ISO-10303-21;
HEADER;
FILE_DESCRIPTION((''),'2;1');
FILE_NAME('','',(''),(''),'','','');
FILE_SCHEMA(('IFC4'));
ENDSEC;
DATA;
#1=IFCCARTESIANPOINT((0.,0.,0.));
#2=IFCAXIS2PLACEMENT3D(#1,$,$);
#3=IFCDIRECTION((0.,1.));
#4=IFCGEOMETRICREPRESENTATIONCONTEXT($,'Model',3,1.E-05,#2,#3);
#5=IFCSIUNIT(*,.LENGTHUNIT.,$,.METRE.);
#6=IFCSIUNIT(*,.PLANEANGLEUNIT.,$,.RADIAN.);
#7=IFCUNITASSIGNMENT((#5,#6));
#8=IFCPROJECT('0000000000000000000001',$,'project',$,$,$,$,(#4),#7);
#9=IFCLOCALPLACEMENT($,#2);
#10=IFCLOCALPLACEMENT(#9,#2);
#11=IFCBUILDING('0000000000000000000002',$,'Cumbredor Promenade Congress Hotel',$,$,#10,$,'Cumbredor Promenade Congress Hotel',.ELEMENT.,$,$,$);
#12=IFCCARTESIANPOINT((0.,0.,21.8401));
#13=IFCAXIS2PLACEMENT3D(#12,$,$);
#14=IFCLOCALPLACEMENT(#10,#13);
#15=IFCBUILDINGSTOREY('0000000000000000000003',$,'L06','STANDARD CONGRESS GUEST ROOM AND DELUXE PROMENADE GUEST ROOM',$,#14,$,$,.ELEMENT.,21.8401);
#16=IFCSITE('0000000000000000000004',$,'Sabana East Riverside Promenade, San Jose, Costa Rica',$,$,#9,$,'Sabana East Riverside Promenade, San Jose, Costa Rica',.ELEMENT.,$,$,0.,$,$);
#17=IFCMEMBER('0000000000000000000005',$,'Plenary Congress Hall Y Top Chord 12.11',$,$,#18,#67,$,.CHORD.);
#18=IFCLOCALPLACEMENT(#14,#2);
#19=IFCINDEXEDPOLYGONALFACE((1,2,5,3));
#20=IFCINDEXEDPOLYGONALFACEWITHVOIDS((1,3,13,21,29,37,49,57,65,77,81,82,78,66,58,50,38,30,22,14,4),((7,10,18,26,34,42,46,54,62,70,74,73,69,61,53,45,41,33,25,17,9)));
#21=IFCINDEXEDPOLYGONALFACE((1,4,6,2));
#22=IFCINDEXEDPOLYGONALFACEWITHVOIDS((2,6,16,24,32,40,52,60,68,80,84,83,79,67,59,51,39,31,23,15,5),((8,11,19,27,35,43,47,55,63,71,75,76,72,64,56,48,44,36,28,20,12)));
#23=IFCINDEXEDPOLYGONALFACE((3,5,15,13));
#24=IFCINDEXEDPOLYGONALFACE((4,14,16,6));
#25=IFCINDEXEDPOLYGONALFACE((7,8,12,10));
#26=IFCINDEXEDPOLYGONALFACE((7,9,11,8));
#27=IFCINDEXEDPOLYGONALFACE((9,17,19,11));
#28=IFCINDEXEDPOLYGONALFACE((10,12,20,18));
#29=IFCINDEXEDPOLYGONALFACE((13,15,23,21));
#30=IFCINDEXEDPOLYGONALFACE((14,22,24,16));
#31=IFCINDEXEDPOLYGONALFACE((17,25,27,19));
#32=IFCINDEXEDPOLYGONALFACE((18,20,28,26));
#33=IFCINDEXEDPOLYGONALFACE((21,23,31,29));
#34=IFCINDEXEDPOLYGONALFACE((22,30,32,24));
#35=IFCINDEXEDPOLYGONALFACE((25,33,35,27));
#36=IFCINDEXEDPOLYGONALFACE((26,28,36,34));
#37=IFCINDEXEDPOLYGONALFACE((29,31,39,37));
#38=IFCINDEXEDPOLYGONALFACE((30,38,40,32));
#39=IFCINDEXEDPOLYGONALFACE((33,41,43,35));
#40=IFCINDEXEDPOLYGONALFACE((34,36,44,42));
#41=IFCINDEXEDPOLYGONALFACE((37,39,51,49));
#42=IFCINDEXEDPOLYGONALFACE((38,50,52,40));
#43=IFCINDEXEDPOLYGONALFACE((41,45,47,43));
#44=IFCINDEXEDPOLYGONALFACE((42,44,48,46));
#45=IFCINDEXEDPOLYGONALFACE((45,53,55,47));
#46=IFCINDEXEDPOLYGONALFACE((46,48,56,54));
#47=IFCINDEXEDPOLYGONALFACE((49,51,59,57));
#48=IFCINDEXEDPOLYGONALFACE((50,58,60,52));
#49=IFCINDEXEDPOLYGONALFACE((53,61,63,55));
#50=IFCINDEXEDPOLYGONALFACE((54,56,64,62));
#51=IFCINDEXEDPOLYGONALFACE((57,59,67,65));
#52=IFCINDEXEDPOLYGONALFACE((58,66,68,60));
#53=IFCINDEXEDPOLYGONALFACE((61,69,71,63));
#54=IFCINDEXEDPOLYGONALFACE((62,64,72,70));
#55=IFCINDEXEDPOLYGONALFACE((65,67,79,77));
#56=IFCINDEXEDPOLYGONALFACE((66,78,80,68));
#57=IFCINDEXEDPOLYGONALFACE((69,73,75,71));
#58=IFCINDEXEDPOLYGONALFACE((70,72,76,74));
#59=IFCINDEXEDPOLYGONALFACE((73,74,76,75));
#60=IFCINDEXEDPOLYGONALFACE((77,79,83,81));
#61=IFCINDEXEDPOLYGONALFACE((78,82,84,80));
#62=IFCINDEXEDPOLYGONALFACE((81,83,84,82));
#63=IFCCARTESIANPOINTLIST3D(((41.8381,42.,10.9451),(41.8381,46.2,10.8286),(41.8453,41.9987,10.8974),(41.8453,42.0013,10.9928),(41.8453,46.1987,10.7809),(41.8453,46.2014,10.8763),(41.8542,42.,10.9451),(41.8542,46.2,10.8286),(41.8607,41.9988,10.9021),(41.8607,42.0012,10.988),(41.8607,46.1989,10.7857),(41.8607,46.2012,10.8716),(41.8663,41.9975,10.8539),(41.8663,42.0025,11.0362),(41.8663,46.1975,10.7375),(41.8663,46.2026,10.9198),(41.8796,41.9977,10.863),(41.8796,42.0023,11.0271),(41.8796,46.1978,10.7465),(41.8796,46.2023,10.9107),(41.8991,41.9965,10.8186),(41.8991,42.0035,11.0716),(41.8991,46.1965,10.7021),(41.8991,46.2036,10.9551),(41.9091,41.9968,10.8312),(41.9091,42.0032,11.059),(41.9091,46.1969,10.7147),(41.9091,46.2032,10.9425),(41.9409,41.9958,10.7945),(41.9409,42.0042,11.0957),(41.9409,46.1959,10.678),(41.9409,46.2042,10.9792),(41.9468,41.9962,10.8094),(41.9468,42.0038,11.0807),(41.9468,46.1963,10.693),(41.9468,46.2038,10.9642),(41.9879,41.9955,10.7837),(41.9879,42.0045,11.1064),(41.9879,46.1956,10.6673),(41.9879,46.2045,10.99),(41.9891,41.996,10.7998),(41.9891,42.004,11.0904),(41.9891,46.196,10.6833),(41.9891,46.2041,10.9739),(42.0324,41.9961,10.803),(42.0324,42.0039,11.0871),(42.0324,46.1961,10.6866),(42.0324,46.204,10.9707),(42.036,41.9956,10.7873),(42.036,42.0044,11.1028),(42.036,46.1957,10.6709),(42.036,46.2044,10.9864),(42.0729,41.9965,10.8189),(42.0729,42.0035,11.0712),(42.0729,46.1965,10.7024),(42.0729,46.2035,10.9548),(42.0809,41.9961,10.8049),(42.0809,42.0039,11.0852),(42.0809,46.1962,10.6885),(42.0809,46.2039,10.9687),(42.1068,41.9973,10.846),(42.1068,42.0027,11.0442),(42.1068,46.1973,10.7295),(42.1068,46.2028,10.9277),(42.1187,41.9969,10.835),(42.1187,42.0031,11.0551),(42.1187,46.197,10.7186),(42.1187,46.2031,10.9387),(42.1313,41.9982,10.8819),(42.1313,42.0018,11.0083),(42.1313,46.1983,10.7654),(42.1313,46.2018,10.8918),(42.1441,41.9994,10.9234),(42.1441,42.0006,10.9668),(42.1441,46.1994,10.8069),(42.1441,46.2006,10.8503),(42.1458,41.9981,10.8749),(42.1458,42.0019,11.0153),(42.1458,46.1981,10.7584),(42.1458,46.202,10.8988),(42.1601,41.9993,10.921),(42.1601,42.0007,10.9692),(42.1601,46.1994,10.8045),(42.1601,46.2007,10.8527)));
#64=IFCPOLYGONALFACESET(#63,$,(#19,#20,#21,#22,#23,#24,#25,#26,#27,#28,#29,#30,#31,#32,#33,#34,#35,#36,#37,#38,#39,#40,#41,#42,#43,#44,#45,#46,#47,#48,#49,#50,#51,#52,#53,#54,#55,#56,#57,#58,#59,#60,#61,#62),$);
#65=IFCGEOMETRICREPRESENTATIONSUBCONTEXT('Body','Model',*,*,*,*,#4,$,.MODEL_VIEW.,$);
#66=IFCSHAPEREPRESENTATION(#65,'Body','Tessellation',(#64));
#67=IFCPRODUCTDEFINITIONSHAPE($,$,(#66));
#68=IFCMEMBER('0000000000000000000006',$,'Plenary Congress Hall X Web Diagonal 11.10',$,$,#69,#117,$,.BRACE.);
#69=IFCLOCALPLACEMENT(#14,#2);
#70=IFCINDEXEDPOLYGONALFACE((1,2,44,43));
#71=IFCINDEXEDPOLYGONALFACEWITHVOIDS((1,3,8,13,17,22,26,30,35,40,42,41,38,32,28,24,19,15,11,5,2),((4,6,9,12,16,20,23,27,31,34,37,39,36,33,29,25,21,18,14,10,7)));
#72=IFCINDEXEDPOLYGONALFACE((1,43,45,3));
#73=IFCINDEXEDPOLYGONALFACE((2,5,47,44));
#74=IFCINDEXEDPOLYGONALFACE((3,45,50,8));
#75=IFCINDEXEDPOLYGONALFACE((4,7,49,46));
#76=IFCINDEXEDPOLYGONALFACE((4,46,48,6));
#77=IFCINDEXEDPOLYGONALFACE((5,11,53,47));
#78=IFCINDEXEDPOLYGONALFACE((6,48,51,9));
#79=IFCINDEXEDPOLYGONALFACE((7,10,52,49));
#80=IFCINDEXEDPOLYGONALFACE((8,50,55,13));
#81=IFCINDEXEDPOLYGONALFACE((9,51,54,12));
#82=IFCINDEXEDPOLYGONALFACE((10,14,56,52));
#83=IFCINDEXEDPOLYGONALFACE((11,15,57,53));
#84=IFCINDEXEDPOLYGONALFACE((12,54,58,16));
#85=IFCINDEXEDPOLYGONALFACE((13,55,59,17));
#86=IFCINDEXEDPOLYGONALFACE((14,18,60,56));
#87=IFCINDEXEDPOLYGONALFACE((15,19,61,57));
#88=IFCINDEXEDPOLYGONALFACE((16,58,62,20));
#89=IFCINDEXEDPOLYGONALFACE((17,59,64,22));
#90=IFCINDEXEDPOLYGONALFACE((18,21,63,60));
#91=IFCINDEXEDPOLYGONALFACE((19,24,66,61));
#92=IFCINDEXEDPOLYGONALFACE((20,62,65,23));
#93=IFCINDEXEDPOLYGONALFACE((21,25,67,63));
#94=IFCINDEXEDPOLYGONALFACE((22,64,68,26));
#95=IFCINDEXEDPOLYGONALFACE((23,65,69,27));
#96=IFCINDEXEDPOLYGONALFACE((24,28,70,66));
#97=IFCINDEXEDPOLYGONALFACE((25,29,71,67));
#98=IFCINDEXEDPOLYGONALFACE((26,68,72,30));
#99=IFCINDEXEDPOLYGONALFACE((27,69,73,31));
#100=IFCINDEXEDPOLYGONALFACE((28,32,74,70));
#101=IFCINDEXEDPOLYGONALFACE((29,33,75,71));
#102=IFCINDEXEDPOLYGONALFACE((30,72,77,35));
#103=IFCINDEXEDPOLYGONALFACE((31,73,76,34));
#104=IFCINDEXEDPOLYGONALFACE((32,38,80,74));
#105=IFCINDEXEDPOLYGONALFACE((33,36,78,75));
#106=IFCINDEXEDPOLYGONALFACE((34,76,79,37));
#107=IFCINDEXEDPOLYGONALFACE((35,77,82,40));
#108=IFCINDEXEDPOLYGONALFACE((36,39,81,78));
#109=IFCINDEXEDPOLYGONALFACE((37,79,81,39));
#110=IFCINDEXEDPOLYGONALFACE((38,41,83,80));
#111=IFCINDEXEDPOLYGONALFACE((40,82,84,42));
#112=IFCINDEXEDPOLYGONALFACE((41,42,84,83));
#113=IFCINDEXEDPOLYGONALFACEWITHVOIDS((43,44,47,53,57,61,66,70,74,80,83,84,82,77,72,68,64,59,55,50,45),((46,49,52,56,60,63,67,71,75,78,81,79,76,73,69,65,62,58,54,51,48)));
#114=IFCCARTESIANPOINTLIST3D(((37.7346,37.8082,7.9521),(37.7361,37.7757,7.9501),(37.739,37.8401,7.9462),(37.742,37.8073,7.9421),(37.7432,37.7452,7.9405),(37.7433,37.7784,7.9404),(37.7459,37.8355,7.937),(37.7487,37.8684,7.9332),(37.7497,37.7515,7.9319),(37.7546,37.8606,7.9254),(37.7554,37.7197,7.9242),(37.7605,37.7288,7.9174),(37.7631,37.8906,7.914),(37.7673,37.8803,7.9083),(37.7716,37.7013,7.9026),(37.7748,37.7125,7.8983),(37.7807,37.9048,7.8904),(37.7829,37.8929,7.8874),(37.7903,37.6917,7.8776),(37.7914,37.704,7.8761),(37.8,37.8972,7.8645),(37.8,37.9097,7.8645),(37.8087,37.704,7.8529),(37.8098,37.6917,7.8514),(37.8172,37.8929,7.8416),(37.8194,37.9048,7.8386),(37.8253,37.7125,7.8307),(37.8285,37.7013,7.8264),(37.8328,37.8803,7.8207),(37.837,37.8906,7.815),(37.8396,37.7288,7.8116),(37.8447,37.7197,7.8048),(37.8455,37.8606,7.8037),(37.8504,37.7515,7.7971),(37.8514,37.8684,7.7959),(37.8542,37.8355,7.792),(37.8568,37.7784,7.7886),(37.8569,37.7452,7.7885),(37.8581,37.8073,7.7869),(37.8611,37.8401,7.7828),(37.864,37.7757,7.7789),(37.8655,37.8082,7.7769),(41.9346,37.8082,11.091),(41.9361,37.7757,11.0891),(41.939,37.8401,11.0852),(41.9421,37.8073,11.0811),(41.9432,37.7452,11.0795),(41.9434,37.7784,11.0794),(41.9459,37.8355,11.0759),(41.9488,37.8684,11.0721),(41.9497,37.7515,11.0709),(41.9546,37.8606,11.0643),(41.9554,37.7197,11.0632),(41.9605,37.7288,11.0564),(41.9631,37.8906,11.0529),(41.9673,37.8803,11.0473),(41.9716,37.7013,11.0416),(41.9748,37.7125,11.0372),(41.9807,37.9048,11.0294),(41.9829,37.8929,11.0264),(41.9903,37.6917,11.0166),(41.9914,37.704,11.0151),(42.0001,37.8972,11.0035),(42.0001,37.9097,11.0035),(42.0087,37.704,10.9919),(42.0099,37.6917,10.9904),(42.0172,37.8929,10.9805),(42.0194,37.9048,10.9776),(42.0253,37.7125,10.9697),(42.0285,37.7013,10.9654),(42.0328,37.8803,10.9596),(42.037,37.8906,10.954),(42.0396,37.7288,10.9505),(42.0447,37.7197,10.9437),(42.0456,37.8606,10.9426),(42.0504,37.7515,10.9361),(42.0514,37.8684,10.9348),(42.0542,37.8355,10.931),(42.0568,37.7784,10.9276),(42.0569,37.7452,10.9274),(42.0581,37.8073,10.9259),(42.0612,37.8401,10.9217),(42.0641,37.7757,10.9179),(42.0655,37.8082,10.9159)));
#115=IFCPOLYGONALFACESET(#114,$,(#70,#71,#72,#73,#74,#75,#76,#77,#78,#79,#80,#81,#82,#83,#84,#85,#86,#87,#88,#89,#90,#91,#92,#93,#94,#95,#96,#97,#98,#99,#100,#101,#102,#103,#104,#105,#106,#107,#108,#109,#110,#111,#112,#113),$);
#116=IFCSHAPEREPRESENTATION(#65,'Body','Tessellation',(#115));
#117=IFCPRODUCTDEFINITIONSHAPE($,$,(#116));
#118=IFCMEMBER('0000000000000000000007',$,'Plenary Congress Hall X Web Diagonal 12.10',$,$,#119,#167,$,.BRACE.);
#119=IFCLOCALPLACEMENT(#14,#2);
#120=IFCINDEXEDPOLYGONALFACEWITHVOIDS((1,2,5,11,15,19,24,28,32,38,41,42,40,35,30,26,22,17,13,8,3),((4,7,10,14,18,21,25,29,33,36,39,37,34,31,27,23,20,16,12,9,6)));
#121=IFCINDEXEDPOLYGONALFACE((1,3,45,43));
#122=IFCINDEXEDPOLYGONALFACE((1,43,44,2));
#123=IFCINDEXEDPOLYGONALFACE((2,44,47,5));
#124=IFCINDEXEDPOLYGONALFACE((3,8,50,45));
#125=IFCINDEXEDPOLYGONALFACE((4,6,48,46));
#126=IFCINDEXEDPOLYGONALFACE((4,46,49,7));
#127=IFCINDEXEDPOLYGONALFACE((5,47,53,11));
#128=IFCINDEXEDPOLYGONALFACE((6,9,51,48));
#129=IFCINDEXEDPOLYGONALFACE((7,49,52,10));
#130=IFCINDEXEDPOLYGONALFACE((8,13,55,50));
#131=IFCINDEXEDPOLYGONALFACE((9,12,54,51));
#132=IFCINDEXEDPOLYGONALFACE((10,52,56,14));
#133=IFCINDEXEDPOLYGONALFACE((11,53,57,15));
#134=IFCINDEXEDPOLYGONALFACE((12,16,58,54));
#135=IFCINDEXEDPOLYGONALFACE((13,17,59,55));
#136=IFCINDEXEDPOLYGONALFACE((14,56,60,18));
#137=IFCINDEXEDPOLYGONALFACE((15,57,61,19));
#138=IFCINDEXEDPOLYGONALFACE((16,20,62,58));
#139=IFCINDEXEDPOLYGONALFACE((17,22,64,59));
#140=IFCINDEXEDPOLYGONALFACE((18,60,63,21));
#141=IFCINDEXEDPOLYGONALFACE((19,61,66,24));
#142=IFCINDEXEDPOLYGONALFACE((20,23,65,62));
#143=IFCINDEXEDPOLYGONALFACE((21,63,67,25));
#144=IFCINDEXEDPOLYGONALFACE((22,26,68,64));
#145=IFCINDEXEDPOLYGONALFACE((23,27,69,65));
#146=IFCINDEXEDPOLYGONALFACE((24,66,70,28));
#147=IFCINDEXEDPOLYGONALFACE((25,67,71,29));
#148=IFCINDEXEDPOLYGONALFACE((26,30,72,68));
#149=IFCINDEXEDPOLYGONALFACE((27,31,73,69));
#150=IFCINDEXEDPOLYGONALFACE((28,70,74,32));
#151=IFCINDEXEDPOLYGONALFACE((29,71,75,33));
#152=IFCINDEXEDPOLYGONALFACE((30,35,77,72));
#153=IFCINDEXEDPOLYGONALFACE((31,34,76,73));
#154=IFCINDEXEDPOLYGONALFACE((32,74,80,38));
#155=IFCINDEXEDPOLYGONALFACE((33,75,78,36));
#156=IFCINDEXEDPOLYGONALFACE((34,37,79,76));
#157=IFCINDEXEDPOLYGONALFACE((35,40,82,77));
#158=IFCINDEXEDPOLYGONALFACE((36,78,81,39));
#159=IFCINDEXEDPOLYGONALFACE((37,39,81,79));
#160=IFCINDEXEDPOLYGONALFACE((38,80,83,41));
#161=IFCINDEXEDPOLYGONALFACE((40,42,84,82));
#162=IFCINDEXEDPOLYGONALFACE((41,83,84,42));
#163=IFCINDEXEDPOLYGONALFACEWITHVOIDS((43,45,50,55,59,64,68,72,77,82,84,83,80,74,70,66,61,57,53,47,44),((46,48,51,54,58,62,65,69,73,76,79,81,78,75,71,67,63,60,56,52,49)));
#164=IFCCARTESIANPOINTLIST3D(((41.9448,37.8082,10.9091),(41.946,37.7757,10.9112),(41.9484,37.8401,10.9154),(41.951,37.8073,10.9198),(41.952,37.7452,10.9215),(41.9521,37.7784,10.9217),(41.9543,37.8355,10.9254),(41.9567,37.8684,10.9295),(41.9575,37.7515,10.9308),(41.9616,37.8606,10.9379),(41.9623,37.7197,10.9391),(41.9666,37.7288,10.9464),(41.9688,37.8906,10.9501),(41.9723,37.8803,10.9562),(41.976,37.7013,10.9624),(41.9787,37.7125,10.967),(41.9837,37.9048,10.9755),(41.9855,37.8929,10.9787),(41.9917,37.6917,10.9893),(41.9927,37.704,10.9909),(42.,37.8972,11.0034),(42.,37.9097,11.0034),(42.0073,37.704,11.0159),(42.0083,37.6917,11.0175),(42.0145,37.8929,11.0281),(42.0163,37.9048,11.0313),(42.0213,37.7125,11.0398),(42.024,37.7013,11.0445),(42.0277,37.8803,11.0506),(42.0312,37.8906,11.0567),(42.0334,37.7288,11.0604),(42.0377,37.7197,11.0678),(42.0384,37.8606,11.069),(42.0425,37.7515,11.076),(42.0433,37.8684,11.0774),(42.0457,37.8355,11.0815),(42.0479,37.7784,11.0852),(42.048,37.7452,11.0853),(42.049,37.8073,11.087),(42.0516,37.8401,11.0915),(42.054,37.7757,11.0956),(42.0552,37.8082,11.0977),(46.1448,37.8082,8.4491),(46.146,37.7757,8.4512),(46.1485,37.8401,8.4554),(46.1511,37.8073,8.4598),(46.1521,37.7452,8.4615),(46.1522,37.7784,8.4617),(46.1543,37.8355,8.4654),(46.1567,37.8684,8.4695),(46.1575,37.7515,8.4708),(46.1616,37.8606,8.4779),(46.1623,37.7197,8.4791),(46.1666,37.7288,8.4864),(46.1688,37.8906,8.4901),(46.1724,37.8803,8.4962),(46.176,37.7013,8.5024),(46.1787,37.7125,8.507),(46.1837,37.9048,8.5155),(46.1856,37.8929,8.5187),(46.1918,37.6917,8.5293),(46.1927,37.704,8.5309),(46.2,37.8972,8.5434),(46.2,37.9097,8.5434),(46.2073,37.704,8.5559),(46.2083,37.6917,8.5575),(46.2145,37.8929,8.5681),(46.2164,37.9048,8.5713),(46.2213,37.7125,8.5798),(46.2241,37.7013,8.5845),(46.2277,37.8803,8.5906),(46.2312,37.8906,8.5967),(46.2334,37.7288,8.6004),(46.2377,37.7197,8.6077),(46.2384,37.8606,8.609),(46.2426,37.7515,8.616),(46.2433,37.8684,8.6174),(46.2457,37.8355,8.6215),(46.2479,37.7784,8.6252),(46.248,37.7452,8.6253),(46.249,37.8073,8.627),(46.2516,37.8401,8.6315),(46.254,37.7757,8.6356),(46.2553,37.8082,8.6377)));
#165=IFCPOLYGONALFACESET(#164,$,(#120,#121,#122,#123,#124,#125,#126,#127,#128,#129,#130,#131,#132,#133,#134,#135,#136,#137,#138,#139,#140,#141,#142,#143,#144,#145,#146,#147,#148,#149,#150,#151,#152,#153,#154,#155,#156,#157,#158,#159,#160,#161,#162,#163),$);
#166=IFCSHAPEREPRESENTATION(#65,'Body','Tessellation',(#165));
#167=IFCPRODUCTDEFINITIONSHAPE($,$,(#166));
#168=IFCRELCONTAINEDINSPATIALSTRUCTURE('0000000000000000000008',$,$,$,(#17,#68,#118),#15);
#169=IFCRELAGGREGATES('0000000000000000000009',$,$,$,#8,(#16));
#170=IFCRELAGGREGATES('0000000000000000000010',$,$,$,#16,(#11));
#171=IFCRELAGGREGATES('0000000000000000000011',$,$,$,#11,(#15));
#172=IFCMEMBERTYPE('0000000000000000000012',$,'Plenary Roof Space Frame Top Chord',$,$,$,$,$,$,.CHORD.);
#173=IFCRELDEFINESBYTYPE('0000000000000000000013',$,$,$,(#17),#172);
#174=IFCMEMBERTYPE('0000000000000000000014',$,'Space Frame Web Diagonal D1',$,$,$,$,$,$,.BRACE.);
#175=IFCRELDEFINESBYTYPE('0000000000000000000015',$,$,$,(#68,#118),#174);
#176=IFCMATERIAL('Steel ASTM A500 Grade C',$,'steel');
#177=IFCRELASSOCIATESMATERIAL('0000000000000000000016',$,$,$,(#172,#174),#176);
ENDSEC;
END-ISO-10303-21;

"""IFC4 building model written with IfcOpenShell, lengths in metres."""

from ifc_helpers import new_model, si_unit, direction, frame, origin, origin_2d, place, context, subcontext, project, spatial, hollow_circle, extrude, material, material_profile, profile_set, type_object, element, save


model = new_model("IFC4")

# Units and contexts
model_context = context("Model", 3, precision=1e-05, world=origin(), true_north=direction((0.0, 1.0)))
body_context = subcontext(model_context, "Body", "Model", "MODEL_VIEW")
ifc_project = project(units=[si_unit("LENGTHUNIT", "METRE"), si_unit("PLANEANGLEUNIT", "RADIAN")], contexts=[model_context])

# Site, building, storey
site_placement = place(None, origin())
site = spatial("IfcSite", under=ifc_project, at=site_placement, Name="Sabana East Riverside Promenade, San Jose, Costa Rica", LongName="Sabana East Riverside Promenade, San Jose, Costa Rica", CompositionType="ELEMENT", RefElevation=0.0)
building_placement = place(site_placement, origin())
building = spatial("IfcBuilding", under=site, at=building_placement, Name="Cumbredor Promenade Congress Hotel", LongName="Cumbredor Promenade Congress Hotel", CompositionType="ELEMENT")
storey_placement = place(building_placement, frame((0.0, 0.0, 21.8401)))
storey = spatial("IfcBuildingStorey", under=building, at=storey_placement, Name="L06", Description="STANDARD CONGRESS GUEST ROOM AND DELUXE PROMENADE GUEST ROOM", CompositionType="ELEMENT", Elevation=21.8401)

# Members
ifc_material_1 = material(Name="Steel ASTM A500 Grade C", Category="steel")
ifc_material_profile_1 = material_profile(ifc_material_1, hollow_circle(Radius=0.1619, WallThickness=0.0161, at=origin_2d()), Name="CHS 323.9x16")
ifc_profile_set_1 = profile_set([ifc_material_profile_1], Name="Steel ASTM A500 Grade C")
member_type_1 = type_object("IfcMemberType", Name="Plenary Roof Space Frame Top Chord", PredefinedType="CHORD", material=ifc_profile_set_1)
member_1_placement = place(storey_placement, frame((42.0, 42.0, 10.9451), z_axis=(0.0, 0.999616, -0.027717), x_axis=(-1.0, 0.0, 0.0)))
element("IfcMember", 1, at=member_1_placement, inside=storey, type_object=member_type_1, Name="Plenary Congress Hall Y Top Chord 12.11", PredefinedType="CHORD", context=body_context, shape_type="SweptSolid", body=[
    extrude(hollow_circle(Radius=0.1619, WallThickness=0.0161, at=origin_2d()), origin(), (0.0, 0.0, 1.0), 4.2017),
])
ifc_material_profile_2 = material_profile(ifc_material_1, hollow_circle(Radius=0.1096, WallThickness=0.0125, at=origin_2d()), Name="CHS 219.1x12.5")
ifc_profile_set_2 = profile_set([ifc_material_profile_2], Name="Steel ASTM A500 Grade C")
member_type_2 = type_object("IfcMemberType", Name="Space Frame Web Diagonal D1", PredefinedType="BRACE", material=ifc_profile_set_2)
member_2_placement = place(storey_placement, frame((37.8, 37.8, 7.8645), z_axis=(0.80101, 0.0, 0.598651), x_axis=(0.0, 1.0, 0.0)))
element("IfcMember", 2, at=member_2_placement, inside=storey, type_object=member_type_2, Name="Plenary Congress Hall X Web Diagonal 11.10", PredefinedType="BRACE", context=body_context, shape_type="SweptSolid", body=[
    extrude(hollow_circle(Radius=0.1096, WallThickness=0.0125, at=origin_2d()), origin(), (0.0, 0.0, 1.0), 5.2434),
])
member_3_placement = place(storey_placement, frame((42.0, 37.8, 11.0034), z_axis=(0.862884, 0.0, -0.505402), x_axis=(0.0, 1.0, 0.0)))
element("IfcMember", 3, at=member_3_placement, inside=storey, type_object=member_type_2, Name="Plenary Congress Hall X Web Diagonal 12.10", PredefinedType="BRACE", context=body_context, shape_type="SweptSolid", body=[
    extrude(hollow_circle(Radius=0.1096, WallThickness=0.0125, at=origin_2d()), origin(), (0.0, 0.0, 1.0), 4.8674),
])

save(model, "model.ifc")
